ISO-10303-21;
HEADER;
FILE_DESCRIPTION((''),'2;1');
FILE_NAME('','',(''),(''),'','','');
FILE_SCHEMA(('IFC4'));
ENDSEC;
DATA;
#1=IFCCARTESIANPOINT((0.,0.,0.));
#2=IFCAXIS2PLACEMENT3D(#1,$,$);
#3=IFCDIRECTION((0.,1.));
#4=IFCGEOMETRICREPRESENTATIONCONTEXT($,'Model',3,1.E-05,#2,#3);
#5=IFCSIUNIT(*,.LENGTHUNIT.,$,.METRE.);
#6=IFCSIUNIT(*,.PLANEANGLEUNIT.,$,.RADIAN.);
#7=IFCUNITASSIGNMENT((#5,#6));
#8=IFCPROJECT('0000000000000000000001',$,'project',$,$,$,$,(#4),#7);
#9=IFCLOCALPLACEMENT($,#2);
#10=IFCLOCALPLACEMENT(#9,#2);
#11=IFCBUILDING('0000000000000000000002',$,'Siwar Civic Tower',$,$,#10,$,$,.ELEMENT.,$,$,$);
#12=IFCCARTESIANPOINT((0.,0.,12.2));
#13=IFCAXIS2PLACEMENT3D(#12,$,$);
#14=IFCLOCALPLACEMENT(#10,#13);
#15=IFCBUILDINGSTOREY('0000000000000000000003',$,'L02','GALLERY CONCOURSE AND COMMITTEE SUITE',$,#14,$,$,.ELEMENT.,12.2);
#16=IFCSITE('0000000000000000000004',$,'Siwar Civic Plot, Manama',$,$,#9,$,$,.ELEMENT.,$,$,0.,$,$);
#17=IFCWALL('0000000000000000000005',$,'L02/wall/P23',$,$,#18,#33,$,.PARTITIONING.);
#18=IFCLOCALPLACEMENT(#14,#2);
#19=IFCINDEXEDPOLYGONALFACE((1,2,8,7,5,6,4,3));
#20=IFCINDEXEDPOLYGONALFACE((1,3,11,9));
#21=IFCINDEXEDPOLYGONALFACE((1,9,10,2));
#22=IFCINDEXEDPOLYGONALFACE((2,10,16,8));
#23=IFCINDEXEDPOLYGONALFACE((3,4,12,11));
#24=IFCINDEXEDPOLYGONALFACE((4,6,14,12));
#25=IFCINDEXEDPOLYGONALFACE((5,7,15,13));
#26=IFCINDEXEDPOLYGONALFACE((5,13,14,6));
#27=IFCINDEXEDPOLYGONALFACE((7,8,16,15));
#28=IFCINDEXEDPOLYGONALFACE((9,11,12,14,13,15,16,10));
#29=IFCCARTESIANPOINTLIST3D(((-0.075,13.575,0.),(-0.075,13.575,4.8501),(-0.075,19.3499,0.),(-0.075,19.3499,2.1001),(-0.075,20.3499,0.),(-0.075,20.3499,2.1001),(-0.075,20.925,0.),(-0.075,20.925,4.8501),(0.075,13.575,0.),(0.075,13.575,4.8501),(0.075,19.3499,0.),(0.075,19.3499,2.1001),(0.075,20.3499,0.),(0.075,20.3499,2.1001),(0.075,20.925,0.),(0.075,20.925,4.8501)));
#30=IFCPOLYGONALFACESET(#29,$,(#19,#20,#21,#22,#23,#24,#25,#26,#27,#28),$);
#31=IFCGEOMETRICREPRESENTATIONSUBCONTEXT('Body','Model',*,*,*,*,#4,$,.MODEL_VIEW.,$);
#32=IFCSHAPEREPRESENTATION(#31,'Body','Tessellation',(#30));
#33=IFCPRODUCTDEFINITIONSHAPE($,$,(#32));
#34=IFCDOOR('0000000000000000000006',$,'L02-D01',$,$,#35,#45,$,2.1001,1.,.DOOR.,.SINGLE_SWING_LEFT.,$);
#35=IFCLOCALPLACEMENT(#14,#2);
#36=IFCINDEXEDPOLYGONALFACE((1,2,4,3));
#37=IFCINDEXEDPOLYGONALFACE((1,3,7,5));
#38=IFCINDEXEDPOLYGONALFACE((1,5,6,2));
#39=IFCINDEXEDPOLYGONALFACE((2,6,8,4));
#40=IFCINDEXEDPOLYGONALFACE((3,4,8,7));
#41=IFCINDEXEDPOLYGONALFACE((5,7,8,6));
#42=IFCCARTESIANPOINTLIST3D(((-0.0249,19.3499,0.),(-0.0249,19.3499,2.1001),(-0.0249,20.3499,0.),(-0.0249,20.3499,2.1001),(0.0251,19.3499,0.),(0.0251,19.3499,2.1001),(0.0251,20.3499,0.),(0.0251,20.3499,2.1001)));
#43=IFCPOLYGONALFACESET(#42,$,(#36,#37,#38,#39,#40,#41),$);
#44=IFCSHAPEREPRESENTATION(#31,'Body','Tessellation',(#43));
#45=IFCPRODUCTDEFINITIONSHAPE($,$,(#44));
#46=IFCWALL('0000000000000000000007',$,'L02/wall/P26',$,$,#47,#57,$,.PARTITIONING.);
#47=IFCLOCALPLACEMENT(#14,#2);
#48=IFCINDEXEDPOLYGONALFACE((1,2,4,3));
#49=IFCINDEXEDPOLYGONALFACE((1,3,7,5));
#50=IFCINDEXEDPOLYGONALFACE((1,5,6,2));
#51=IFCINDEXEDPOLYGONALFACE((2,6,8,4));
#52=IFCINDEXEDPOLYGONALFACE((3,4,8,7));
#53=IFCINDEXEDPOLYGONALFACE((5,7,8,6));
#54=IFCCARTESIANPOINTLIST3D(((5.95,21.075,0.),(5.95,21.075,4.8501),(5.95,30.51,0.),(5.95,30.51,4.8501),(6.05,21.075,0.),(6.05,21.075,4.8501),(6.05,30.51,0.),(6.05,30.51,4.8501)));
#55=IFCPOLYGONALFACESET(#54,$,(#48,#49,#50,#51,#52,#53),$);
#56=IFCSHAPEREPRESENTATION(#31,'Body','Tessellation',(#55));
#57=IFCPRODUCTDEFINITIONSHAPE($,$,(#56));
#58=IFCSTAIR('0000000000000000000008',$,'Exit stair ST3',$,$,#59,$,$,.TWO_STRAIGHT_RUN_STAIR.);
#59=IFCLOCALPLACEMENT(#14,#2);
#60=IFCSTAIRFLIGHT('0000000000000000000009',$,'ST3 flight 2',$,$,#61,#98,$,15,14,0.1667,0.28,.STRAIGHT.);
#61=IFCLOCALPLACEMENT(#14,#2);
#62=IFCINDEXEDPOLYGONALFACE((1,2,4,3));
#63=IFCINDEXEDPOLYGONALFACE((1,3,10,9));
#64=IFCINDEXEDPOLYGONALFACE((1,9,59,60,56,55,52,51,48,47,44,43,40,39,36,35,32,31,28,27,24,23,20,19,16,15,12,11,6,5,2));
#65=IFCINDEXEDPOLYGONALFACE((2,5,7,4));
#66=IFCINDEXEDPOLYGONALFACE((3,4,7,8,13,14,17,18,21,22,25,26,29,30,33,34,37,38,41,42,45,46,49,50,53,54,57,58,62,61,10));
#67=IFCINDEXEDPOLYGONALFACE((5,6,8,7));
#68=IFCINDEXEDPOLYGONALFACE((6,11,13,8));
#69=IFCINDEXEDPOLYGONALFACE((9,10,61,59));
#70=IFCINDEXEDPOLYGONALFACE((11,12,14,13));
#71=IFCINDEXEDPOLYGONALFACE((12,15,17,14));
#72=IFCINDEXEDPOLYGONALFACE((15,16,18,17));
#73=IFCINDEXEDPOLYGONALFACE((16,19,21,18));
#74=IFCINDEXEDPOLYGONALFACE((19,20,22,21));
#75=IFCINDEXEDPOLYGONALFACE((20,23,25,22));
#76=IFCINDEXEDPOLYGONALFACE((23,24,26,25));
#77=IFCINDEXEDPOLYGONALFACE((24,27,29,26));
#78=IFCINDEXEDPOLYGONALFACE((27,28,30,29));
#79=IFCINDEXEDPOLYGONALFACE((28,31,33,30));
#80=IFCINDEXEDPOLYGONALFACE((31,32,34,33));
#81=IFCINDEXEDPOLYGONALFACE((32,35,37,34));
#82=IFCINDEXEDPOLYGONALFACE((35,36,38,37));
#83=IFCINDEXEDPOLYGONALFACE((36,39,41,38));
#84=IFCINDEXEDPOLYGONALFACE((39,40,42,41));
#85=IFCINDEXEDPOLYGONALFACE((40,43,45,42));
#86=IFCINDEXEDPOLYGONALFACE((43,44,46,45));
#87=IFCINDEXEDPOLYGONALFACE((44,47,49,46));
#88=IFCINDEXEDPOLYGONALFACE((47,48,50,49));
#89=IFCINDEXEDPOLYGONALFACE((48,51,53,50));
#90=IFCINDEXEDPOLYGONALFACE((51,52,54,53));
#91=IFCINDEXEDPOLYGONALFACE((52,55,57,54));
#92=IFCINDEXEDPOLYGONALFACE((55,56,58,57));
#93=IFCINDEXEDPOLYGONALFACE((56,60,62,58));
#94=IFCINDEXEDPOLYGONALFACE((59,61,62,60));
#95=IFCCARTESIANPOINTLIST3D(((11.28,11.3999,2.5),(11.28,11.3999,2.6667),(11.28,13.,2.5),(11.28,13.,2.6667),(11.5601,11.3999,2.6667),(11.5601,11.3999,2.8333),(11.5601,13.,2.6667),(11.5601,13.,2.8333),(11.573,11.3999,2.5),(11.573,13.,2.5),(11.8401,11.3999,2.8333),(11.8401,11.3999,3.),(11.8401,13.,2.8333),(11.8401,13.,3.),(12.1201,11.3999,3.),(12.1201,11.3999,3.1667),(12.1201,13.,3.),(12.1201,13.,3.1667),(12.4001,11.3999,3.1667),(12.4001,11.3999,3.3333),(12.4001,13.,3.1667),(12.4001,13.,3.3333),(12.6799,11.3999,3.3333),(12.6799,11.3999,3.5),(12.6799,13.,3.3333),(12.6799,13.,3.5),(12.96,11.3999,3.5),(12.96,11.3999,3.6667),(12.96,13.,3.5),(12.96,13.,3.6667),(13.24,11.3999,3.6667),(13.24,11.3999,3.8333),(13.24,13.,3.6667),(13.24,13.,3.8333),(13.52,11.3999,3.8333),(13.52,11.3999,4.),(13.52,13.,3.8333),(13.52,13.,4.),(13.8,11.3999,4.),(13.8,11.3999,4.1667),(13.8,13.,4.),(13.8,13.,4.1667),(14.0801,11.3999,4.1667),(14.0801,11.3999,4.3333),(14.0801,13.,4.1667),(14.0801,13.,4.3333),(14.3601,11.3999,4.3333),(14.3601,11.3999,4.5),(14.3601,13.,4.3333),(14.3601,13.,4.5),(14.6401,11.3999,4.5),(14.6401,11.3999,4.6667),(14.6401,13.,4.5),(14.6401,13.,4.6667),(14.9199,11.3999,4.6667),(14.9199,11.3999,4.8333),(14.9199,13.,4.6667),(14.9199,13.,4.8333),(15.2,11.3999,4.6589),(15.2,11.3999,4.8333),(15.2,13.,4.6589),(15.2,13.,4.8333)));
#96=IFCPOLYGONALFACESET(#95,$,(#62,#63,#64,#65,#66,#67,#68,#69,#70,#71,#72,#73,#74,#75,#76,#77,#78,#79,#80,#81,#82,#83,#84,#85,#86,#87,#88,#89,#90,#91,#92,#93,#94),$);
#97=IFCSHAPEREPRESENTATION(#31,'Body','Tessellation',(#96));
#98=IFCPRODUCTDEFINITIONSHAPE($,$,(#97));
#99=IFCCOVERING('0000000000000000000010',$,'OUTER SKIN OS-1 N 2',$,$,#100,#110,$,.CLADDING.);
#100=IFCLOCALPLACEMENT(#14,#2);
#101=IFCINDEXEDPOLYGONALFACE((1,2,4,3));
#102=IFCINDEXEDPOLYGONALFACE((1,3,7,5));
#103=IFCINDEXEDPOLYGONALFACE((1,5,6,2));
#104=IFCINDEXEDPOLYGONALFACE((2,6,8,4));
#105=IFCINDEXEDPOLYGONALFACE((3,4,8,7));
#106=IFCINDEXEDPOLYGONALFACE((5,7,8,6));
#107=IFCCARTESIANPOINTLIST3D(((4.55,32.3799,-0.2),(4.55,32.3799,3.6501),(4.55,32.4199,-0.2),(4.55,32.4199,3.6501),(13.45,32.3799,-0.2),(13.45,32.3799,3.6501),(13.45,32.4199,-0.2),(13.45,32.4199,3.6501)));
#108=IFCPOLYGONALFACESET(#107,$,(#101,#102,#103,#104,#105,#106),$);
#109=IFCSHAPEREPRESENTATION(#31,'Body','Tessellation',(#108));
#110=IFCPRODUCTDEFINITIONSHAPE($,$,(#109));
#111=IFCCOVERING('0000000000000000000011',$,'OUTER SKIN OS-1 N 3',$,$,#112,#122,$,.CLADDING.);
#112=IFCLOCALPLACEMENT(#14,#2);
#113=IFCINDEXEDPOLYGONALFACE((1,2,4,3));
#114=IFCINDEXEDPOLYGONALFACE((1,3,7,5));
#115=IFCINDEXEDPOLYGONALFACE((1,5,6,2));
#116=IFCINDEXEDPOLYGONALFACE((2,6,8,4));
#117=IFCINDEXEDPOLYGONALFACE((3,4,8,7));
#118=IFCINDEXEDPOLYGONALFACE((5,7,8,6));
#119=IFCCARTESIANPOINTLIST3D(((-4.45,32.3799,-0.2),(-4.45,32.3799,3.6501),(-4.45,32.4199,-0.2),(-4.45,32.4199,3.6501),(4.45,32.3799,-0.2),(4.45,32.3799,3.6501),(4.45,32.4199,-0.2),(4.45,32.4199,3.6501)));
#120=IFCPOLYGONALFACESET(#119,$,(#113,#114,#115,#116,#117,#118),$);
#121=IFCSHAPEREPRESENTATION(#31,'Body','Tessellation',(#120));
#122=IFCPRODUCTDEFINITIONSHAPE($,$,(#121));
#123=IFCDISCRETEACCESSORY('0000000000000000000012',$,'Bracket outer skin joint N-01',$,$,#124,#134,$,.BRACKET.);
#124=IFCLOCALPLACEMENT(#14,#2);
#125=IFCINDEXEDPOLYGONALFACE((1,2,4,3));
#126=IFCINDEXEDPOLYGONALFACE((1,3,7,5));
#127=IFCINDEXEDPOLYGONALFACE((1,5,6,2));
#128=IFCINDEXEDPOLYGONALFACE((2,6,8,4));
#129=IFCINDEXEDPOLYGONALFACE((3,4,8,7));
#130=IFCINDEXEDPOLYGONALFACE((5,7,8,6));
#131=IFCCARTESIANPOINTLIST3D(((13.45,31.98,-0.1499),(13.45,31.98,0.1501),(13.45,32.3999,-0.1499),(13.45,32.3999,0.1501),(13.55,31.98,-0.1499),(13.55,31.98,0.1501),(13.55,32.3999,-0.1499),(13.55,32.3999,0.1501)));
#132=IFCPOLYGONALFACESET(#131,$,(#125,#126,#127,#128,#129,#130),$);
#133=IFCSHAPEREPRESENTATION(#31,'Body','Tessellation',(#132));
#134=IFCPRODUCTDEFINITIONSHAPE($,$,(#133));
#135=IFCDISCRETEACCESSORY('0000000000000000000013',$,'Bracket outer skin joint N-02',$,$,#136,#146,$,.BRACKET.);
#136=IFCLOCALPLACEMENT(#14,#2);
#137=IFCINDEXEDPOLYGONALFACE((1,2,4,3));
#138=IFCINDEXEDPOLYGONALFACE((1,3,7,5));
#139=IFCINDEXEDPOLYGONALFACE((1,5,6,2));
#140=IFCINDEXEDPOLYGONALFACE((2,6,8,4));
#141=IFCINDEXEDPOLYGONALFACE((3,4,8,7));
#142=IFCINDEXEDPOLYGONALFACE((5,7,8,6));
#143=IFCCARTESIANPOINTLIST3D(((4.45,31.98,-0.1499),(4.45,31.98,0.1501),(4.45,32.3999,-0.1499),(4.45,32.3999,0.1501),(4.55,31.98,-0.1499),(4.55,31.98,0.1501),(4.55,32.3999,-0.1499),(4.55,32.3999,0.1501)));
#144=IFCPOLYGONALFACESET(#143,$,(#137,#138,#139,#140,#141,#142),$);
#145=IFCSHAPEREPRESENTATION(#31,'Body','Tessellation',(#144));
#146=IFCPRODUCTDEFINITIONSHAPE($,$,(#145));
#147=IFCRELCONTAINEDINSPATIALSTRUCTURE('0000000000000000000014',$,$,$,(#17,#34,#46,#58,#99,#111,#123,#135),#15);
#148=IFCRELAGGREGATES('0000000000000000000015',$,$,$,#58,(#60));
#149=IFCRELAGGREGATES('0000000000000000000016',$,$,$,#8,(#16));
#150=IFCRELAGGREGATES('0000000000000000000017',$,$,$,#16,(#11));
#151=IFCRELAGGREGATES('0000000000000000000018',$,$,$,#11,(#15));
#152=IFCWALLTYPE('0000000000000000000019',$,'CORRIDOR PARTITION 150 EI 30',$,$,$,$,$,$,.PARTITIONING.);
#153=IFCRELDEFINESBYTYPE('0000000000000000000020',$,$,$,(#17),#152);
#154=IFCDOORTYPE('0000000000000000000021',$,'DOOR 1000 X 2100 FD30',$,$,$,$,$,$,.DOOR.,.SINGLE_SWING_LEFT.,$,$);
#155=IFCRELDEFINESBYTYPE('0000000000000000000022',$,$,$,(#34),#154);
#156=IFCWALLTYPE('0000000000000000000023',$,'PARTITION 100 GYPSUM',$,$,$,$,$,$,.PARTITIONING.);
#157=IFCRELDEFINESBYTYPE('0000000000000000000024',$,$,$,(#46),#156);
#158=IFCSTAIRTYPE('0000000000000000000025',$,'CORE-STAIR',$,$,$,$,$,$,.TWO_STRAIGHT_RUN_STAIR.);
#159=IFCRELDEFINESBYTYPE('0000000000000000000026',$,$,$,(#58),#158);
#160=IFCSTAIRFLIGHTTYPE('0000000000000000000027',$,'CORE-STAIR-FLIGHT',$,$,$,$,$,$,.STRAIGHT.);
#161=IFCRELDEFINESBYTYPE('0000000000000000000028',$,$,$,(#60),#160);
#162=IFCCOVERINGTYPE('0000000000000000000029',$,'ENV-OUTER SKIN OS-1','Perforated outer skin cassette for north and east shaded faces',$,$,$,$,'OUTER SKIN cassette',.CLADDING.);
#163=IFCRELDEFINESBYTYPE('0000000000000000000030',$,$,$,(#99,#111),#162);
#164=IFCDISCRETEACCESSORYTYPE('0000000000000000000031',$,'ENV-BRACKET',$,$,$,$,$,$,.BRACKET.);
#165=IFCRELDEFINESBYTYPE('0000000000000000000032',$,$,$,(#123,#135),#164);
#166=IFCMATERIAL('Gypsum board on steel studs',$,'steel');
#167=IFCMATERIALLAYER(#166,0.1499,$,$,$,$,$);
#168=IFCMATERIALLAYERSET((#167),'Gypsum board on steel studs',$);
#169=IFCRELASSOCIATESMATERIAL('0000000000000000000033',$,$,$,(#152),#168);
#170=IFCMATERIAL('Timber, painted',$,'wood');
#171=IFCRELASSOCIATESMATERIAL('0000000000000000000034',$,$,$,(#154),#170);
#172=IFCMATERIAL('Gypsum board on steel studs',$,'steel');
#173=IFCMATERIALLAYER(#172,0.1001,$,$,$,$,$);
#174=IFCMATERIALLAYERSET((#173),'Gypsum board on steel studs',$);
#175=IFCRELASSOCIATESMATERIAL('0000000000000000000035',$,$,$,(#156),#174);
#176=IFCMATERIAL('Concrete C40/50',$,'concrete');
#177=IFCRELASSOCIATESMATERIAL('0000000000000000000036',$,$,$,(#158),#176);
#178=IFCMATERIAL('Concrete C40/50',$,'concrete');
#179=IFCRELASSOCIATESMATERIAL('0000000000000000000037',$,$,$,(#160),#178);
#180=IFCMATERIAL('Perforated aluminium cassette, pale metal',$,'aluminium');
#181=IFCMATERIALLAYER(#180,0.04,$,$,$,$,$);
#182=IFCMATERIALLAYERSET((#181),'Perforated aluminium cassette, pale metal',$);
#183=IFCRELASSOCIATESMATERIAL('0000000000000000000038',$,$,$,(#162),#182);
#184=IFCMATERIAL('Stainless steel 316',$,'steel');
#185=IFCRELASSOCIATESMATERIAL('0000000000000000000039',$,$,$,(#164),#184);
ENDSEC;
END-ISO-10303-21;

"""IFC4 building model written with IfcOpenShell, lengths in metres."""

from ifc_helpers import new_model, si_unit, direction, frame, frame_2d, origin, origin_2d, place, context, subcontext, project, spatial, polyline, rectangle, outline, extrude, material, layer, layer_set, type_object, element, fill, aggregate, save


model = new_model("IFC4")

# Units and contexts
model_context = context("Model", 3, precision=1e-05, world=origin(), true_north=direction((0.0, 1.0)))
body_context = subcontext(model_context, "Body", "Model", "MODEL_VIEW")
ifc_project = project(units=[si_unit("LENGTHUNIT", "METRE"), si_unit("PLANEANGLEUNIT", "RADIAN")], contexts=[model_context])

# Site, building, storey
site_placement = place(None, origin())
site = spatial("IfcSite", under=ifc_project, at=site_placement, Name="Siwar Civic Plot, Manama", CompositionType="ELEMENT", RefElevation=0.0)
building_placement = place(site_placement, origin())
building = spatial("IfcBuilding", under=site, at=building_placement, Name="Siwar Civic Tower", CompositionType="ELEMENT")
storey_placement = place(building_placement, frame((0.0, 0.0, 12.2)))
storey = spatial("IfcBuildingStorey", under=building, at=storey_placement, Name="L02", Description="GALLERY CONCOURSE AND COMMITTEE SUITE", CompositionType="ELEMENT", Elevation=12.2)

# Wall, opening, door
ifc_material_1 = material(Name="Gypsum board on steel studs", Category="steel")
ifc_layer_1 = layer(ifc_material_1, 0.1499)
ifc_layer_set_1 = layer_set([ifc_layer_1], Name="Gypsum board on steel studs")
wall_type_1 = type_object("IfcWallType", Name="CORRIDOR PARTITION 150 EI 30", PredefinedType="PARTITIONING", material=ifc_layer_set_1)
wall_1_placement = place(storey_placement, frame((0.0, 13.575, 0.0), z_axis=(0.0, 0.0, 1.0), x_axis=(0.0, 1.0, 0.0)))
wall_1 = element("IfcWall", 1, at=wall_1_placement, inside=storey, type_object=wall_type_1, Name="L02/wall/P23", PredefinedType="PARTITIONING", context=body_context, shape_type="SweptSolid", body=[
    extrude(rectangle(XDim=7.3501, YDim=0.1499, at=frame_2d((3.675, 0.0))), origin(), (0.0, 0.0, 1.0), 4.8501),
])
opening_1_placement = place(wall_1_placement, frame((5.7749, 0.0, 0.0)))
opening_1 = element("IfcOpeningElement", 2, at=opening_1_placement, cuts=wall_1, PredefinedType="OPENING", context=body_context, shape_type="SweptSolid", body=[
    extrude(rectangle(XDim=1.0, YDim=2.1001, at=frame_2d((0.5, 1.05))), frame((0.0, 0.085, 0.0), z_axis=(0.0, -1.0, 0.0), x_axis=(1.0, 0.0, 0.0)), (0.0, 0.0, 1.0), 0.1699),
])
ifc_material_2 = material(Name="Timber, painted", Category="wood")
door_type_1 = type_object("IfcDoorType", Name="DOOR 1000 X 2100 FD30", OperationType="SINGLE_SWING_LEFT", PredefinedType="DOOR", material=ifc_material_2)
door_1_placement = place(opening_1_placement, origin())
door_1 = element("IfcDoor", 3, at=door_1_placement, inside=storey, type_object=door_type_1, Name="L02-D01", OperationType="SINGLE_SWING_LEFT", OverallHeight=2.1001, OverallWidth=1.0, PredefinedType="DOOR", context=body_context, shape_type="SweptSolid", body=[
    extrude(rectangle(XDim=1.0, YDim=2.1001, at=frame_2d((0.5, 1.05))), frame((0.0, 0.0249, 0.0), z_axis=(0.0, -1.0, 0.0), x_axis=(1.0, 0.0, 0.0)), (0.0, 0.0, 1.0), 0.05),
])
fill(opening_1, door_1)

# Wall
ifc_material_3 = material(Name="Gypsum board on steel studs", Category="steel")
ifc_layer_2 = layer(ifc_material_3, 0.1001)
ifc_layer_set_2 = layer_set([ifc_layer_2], Name="Gypsum board on steel studs")
wall_type_2 = type_object("IfcWallType", Name="PARTITION 100 GYPSUM", PredefinedType="PARTITIONING", material=ifc_layer_set_2)
wall_2_placement = place(storey_placement, frame((6.0, 21.075, 0.0), z_axis=(0.0, 0.0, 1.0), x_axis=(0.0, 1.0, 0.0)))
element("IfcWall", 4, at=wall_2_placement, inside=storey, type_object=wall_type_2, Name="L02/wall/P26", PredefinedType="PARTITIONING", context=body_context, shape_type="SweptSolid", body=[
    extrude(rectangle(XDim=9.4351, YDim=0.1001, at=frame_2d((4.7175, 0.0))), origin(), (0.0, 0.0, 1.0), 4.8501),
])

# Stair, stair flight
ifc_material_4 = material(Name="Concrete C40/50", Category="concrete")
stair_type = type_object("IfcStairType", Name="CORE-STAIR", PredefinedType="TWO_STRAIGHT_RUN_STAIR", material=ifc_material_4)
stair_placement = place(storey_placement, origin())
stair = element("IfcStair", 5, at=stair_placement, inside=storey, type_object=stair_type, Name="Exit stair ST3", PredefinedType="TWO_STRAIGHT_RUN_STAIR")
ifc_material_5 = material(Name="Concrete C40/50", Category="concrete")
stair_flight_type = type_object("IfcStairFlightType", Name="CORE-STAIR-FLIGHT", PredefinedType="STRAIGHT", material=ifc_material_5)
stair_flight_placement = place(storey_placement, frame((11.28, 12.2, 2.5), z_axis=(0.0, 0.0, 1.0), x_axis=(1.0, 0.0, 0.0)))
stair_flight = element("IfcStairFlight", 6, at=stair_flight_placement, type_object=stair_flight_type, Name="ST3 flight 2", NumberOfRisers=15, NumberOfTreads=14, PredefinedType="STRAIGHT", RiserHeight=0.1667, TreadLength=0.28, context=body_context, shape_type="SweptSolid", body=[
    extrude(outline(polyline([(0.0, 0.0), (0.0, 0.1667), (0.28, 0.1667), (0.28, 0.3333), (0.5601, 0.3333), (0.5601, 0.5), (0.8401, 0.5), (0.8401, 0.6667), (1.1201, 0.6667), (1.1201, 0.8333), (1.3999, 0.8333), (1.3999, 1.0), (1.6799, 1.0), (1.6799, 1.1667), (1.96, 1.1667), (1.96, 1.3333), (2.24, 1.3333), (2.24, 1.5), (2.52, 1.5), (2.52, 1.6667), (2.8, 1.6667), (2.8, 1.8333), (3.0801, 1.8333), (3.0801, 2.0), (3.3601, 2.0), (3.3601, 2.1667), (3.6399, 2.1667), (3.6399, 2.3333), (3.9199, 2.3333), (3.9199, 2.5), (3.9199, 2.1589), (0.293, 0.0), (0.0, 0.0)])), frame((0.0, 0.8, 0.0), z_axis=(0.0, -1.0, 0.0), x_axis=(1.0, 0.0, 0.0)), (0.0, 0.0, 1.0), 1.6001),
])
aggregate(stair, [stair_flight])

# Coverings
ifc_material_6 = material(Name="Perforated aluminium cassette, pale metal", Category="aluminium")
ifc_layer_3 = layer(ifc_material_6, 0.04)
ifc_layer_set_3 = layer_set([ifc_layer_3], Name="Perforated aluminium cassette, pale metal")
covering_type = type_object("IfcCoveringType", Name="ENV-OUTER SKIN OS-1", Description="Perforated outer skin cassette for north and east shaded faces", ElementType="OUTER SKIN cassette", PredefinedType="CLADDING", material=ifc_layer_set_3)
for number, where, z_axis, x_axis, name in (
    (7, (9.0, 32.3999, -0.2), (0.0, 0.0, 1.0), (-1.0, 0.0, 0.0), "OUTER SKIN OS-1 N 2"),
    (8, (0.0, 32.3999, -0.2), (0.0, 0.0, 1.0), (-1.0, 0.0, 0.0), "OUTER SKIN OS-1 N 3"),
):
    element("IfcCovering", number, at=place(storey_placement, frame(where, z_axis=z_axis, x_axis=x_axis)), inside=storey, type_object=covering_type, Name=name, PredefinedType="CLADDING", context=body_context, shape_type="SweptSolid", body=[
        extrude(rectangle(XDim=8.8999, YDim=0.04, at=origin_2d()), origin(), (0.0, 0.0, 1.0), 3.8501),
    ])

# Discrete accessories
ifc_material_7 = material(Name="Stainless steel 316", Category="steel")
discrete_accessory_type = type_object("IfcDiscreteAccessoryType", Name="ENV-BRACKET", PredefinedType="BRACKET", material=ifc_material_7)
for number, where, z_axis, x_axis, name in (
    (9, (13.5, 32.1899, -0.1499), (0.0, 0.0, 1.0), (0.0, 1.0, 0.0), "Bracket outer skin joint N-01"),
    (10, (4.5, 32.1899, -0.1499), (0.0, 0.0, 1.0), (0.0, 1.0, 0.0), "Bracket outer skin joint N-02"),
):
    element("IfcDiscreteAccessory", number, at=place(storey_placement, frame(where, z_axis=z_axis, x_axis=x_axis)), inside=storey, type_object=discrete_accessory_type, Name=name, PredefinedType="BRACKET", context=body_context, shape_type="SweptSolid", body=[
        extrude(rectangle(XDim=0.4199, YDim=0.1001, at=origin_2d()), origin(), (0.0, 0.0, 1.0), 0.3),
    ])

save(model, "model.ifc")
